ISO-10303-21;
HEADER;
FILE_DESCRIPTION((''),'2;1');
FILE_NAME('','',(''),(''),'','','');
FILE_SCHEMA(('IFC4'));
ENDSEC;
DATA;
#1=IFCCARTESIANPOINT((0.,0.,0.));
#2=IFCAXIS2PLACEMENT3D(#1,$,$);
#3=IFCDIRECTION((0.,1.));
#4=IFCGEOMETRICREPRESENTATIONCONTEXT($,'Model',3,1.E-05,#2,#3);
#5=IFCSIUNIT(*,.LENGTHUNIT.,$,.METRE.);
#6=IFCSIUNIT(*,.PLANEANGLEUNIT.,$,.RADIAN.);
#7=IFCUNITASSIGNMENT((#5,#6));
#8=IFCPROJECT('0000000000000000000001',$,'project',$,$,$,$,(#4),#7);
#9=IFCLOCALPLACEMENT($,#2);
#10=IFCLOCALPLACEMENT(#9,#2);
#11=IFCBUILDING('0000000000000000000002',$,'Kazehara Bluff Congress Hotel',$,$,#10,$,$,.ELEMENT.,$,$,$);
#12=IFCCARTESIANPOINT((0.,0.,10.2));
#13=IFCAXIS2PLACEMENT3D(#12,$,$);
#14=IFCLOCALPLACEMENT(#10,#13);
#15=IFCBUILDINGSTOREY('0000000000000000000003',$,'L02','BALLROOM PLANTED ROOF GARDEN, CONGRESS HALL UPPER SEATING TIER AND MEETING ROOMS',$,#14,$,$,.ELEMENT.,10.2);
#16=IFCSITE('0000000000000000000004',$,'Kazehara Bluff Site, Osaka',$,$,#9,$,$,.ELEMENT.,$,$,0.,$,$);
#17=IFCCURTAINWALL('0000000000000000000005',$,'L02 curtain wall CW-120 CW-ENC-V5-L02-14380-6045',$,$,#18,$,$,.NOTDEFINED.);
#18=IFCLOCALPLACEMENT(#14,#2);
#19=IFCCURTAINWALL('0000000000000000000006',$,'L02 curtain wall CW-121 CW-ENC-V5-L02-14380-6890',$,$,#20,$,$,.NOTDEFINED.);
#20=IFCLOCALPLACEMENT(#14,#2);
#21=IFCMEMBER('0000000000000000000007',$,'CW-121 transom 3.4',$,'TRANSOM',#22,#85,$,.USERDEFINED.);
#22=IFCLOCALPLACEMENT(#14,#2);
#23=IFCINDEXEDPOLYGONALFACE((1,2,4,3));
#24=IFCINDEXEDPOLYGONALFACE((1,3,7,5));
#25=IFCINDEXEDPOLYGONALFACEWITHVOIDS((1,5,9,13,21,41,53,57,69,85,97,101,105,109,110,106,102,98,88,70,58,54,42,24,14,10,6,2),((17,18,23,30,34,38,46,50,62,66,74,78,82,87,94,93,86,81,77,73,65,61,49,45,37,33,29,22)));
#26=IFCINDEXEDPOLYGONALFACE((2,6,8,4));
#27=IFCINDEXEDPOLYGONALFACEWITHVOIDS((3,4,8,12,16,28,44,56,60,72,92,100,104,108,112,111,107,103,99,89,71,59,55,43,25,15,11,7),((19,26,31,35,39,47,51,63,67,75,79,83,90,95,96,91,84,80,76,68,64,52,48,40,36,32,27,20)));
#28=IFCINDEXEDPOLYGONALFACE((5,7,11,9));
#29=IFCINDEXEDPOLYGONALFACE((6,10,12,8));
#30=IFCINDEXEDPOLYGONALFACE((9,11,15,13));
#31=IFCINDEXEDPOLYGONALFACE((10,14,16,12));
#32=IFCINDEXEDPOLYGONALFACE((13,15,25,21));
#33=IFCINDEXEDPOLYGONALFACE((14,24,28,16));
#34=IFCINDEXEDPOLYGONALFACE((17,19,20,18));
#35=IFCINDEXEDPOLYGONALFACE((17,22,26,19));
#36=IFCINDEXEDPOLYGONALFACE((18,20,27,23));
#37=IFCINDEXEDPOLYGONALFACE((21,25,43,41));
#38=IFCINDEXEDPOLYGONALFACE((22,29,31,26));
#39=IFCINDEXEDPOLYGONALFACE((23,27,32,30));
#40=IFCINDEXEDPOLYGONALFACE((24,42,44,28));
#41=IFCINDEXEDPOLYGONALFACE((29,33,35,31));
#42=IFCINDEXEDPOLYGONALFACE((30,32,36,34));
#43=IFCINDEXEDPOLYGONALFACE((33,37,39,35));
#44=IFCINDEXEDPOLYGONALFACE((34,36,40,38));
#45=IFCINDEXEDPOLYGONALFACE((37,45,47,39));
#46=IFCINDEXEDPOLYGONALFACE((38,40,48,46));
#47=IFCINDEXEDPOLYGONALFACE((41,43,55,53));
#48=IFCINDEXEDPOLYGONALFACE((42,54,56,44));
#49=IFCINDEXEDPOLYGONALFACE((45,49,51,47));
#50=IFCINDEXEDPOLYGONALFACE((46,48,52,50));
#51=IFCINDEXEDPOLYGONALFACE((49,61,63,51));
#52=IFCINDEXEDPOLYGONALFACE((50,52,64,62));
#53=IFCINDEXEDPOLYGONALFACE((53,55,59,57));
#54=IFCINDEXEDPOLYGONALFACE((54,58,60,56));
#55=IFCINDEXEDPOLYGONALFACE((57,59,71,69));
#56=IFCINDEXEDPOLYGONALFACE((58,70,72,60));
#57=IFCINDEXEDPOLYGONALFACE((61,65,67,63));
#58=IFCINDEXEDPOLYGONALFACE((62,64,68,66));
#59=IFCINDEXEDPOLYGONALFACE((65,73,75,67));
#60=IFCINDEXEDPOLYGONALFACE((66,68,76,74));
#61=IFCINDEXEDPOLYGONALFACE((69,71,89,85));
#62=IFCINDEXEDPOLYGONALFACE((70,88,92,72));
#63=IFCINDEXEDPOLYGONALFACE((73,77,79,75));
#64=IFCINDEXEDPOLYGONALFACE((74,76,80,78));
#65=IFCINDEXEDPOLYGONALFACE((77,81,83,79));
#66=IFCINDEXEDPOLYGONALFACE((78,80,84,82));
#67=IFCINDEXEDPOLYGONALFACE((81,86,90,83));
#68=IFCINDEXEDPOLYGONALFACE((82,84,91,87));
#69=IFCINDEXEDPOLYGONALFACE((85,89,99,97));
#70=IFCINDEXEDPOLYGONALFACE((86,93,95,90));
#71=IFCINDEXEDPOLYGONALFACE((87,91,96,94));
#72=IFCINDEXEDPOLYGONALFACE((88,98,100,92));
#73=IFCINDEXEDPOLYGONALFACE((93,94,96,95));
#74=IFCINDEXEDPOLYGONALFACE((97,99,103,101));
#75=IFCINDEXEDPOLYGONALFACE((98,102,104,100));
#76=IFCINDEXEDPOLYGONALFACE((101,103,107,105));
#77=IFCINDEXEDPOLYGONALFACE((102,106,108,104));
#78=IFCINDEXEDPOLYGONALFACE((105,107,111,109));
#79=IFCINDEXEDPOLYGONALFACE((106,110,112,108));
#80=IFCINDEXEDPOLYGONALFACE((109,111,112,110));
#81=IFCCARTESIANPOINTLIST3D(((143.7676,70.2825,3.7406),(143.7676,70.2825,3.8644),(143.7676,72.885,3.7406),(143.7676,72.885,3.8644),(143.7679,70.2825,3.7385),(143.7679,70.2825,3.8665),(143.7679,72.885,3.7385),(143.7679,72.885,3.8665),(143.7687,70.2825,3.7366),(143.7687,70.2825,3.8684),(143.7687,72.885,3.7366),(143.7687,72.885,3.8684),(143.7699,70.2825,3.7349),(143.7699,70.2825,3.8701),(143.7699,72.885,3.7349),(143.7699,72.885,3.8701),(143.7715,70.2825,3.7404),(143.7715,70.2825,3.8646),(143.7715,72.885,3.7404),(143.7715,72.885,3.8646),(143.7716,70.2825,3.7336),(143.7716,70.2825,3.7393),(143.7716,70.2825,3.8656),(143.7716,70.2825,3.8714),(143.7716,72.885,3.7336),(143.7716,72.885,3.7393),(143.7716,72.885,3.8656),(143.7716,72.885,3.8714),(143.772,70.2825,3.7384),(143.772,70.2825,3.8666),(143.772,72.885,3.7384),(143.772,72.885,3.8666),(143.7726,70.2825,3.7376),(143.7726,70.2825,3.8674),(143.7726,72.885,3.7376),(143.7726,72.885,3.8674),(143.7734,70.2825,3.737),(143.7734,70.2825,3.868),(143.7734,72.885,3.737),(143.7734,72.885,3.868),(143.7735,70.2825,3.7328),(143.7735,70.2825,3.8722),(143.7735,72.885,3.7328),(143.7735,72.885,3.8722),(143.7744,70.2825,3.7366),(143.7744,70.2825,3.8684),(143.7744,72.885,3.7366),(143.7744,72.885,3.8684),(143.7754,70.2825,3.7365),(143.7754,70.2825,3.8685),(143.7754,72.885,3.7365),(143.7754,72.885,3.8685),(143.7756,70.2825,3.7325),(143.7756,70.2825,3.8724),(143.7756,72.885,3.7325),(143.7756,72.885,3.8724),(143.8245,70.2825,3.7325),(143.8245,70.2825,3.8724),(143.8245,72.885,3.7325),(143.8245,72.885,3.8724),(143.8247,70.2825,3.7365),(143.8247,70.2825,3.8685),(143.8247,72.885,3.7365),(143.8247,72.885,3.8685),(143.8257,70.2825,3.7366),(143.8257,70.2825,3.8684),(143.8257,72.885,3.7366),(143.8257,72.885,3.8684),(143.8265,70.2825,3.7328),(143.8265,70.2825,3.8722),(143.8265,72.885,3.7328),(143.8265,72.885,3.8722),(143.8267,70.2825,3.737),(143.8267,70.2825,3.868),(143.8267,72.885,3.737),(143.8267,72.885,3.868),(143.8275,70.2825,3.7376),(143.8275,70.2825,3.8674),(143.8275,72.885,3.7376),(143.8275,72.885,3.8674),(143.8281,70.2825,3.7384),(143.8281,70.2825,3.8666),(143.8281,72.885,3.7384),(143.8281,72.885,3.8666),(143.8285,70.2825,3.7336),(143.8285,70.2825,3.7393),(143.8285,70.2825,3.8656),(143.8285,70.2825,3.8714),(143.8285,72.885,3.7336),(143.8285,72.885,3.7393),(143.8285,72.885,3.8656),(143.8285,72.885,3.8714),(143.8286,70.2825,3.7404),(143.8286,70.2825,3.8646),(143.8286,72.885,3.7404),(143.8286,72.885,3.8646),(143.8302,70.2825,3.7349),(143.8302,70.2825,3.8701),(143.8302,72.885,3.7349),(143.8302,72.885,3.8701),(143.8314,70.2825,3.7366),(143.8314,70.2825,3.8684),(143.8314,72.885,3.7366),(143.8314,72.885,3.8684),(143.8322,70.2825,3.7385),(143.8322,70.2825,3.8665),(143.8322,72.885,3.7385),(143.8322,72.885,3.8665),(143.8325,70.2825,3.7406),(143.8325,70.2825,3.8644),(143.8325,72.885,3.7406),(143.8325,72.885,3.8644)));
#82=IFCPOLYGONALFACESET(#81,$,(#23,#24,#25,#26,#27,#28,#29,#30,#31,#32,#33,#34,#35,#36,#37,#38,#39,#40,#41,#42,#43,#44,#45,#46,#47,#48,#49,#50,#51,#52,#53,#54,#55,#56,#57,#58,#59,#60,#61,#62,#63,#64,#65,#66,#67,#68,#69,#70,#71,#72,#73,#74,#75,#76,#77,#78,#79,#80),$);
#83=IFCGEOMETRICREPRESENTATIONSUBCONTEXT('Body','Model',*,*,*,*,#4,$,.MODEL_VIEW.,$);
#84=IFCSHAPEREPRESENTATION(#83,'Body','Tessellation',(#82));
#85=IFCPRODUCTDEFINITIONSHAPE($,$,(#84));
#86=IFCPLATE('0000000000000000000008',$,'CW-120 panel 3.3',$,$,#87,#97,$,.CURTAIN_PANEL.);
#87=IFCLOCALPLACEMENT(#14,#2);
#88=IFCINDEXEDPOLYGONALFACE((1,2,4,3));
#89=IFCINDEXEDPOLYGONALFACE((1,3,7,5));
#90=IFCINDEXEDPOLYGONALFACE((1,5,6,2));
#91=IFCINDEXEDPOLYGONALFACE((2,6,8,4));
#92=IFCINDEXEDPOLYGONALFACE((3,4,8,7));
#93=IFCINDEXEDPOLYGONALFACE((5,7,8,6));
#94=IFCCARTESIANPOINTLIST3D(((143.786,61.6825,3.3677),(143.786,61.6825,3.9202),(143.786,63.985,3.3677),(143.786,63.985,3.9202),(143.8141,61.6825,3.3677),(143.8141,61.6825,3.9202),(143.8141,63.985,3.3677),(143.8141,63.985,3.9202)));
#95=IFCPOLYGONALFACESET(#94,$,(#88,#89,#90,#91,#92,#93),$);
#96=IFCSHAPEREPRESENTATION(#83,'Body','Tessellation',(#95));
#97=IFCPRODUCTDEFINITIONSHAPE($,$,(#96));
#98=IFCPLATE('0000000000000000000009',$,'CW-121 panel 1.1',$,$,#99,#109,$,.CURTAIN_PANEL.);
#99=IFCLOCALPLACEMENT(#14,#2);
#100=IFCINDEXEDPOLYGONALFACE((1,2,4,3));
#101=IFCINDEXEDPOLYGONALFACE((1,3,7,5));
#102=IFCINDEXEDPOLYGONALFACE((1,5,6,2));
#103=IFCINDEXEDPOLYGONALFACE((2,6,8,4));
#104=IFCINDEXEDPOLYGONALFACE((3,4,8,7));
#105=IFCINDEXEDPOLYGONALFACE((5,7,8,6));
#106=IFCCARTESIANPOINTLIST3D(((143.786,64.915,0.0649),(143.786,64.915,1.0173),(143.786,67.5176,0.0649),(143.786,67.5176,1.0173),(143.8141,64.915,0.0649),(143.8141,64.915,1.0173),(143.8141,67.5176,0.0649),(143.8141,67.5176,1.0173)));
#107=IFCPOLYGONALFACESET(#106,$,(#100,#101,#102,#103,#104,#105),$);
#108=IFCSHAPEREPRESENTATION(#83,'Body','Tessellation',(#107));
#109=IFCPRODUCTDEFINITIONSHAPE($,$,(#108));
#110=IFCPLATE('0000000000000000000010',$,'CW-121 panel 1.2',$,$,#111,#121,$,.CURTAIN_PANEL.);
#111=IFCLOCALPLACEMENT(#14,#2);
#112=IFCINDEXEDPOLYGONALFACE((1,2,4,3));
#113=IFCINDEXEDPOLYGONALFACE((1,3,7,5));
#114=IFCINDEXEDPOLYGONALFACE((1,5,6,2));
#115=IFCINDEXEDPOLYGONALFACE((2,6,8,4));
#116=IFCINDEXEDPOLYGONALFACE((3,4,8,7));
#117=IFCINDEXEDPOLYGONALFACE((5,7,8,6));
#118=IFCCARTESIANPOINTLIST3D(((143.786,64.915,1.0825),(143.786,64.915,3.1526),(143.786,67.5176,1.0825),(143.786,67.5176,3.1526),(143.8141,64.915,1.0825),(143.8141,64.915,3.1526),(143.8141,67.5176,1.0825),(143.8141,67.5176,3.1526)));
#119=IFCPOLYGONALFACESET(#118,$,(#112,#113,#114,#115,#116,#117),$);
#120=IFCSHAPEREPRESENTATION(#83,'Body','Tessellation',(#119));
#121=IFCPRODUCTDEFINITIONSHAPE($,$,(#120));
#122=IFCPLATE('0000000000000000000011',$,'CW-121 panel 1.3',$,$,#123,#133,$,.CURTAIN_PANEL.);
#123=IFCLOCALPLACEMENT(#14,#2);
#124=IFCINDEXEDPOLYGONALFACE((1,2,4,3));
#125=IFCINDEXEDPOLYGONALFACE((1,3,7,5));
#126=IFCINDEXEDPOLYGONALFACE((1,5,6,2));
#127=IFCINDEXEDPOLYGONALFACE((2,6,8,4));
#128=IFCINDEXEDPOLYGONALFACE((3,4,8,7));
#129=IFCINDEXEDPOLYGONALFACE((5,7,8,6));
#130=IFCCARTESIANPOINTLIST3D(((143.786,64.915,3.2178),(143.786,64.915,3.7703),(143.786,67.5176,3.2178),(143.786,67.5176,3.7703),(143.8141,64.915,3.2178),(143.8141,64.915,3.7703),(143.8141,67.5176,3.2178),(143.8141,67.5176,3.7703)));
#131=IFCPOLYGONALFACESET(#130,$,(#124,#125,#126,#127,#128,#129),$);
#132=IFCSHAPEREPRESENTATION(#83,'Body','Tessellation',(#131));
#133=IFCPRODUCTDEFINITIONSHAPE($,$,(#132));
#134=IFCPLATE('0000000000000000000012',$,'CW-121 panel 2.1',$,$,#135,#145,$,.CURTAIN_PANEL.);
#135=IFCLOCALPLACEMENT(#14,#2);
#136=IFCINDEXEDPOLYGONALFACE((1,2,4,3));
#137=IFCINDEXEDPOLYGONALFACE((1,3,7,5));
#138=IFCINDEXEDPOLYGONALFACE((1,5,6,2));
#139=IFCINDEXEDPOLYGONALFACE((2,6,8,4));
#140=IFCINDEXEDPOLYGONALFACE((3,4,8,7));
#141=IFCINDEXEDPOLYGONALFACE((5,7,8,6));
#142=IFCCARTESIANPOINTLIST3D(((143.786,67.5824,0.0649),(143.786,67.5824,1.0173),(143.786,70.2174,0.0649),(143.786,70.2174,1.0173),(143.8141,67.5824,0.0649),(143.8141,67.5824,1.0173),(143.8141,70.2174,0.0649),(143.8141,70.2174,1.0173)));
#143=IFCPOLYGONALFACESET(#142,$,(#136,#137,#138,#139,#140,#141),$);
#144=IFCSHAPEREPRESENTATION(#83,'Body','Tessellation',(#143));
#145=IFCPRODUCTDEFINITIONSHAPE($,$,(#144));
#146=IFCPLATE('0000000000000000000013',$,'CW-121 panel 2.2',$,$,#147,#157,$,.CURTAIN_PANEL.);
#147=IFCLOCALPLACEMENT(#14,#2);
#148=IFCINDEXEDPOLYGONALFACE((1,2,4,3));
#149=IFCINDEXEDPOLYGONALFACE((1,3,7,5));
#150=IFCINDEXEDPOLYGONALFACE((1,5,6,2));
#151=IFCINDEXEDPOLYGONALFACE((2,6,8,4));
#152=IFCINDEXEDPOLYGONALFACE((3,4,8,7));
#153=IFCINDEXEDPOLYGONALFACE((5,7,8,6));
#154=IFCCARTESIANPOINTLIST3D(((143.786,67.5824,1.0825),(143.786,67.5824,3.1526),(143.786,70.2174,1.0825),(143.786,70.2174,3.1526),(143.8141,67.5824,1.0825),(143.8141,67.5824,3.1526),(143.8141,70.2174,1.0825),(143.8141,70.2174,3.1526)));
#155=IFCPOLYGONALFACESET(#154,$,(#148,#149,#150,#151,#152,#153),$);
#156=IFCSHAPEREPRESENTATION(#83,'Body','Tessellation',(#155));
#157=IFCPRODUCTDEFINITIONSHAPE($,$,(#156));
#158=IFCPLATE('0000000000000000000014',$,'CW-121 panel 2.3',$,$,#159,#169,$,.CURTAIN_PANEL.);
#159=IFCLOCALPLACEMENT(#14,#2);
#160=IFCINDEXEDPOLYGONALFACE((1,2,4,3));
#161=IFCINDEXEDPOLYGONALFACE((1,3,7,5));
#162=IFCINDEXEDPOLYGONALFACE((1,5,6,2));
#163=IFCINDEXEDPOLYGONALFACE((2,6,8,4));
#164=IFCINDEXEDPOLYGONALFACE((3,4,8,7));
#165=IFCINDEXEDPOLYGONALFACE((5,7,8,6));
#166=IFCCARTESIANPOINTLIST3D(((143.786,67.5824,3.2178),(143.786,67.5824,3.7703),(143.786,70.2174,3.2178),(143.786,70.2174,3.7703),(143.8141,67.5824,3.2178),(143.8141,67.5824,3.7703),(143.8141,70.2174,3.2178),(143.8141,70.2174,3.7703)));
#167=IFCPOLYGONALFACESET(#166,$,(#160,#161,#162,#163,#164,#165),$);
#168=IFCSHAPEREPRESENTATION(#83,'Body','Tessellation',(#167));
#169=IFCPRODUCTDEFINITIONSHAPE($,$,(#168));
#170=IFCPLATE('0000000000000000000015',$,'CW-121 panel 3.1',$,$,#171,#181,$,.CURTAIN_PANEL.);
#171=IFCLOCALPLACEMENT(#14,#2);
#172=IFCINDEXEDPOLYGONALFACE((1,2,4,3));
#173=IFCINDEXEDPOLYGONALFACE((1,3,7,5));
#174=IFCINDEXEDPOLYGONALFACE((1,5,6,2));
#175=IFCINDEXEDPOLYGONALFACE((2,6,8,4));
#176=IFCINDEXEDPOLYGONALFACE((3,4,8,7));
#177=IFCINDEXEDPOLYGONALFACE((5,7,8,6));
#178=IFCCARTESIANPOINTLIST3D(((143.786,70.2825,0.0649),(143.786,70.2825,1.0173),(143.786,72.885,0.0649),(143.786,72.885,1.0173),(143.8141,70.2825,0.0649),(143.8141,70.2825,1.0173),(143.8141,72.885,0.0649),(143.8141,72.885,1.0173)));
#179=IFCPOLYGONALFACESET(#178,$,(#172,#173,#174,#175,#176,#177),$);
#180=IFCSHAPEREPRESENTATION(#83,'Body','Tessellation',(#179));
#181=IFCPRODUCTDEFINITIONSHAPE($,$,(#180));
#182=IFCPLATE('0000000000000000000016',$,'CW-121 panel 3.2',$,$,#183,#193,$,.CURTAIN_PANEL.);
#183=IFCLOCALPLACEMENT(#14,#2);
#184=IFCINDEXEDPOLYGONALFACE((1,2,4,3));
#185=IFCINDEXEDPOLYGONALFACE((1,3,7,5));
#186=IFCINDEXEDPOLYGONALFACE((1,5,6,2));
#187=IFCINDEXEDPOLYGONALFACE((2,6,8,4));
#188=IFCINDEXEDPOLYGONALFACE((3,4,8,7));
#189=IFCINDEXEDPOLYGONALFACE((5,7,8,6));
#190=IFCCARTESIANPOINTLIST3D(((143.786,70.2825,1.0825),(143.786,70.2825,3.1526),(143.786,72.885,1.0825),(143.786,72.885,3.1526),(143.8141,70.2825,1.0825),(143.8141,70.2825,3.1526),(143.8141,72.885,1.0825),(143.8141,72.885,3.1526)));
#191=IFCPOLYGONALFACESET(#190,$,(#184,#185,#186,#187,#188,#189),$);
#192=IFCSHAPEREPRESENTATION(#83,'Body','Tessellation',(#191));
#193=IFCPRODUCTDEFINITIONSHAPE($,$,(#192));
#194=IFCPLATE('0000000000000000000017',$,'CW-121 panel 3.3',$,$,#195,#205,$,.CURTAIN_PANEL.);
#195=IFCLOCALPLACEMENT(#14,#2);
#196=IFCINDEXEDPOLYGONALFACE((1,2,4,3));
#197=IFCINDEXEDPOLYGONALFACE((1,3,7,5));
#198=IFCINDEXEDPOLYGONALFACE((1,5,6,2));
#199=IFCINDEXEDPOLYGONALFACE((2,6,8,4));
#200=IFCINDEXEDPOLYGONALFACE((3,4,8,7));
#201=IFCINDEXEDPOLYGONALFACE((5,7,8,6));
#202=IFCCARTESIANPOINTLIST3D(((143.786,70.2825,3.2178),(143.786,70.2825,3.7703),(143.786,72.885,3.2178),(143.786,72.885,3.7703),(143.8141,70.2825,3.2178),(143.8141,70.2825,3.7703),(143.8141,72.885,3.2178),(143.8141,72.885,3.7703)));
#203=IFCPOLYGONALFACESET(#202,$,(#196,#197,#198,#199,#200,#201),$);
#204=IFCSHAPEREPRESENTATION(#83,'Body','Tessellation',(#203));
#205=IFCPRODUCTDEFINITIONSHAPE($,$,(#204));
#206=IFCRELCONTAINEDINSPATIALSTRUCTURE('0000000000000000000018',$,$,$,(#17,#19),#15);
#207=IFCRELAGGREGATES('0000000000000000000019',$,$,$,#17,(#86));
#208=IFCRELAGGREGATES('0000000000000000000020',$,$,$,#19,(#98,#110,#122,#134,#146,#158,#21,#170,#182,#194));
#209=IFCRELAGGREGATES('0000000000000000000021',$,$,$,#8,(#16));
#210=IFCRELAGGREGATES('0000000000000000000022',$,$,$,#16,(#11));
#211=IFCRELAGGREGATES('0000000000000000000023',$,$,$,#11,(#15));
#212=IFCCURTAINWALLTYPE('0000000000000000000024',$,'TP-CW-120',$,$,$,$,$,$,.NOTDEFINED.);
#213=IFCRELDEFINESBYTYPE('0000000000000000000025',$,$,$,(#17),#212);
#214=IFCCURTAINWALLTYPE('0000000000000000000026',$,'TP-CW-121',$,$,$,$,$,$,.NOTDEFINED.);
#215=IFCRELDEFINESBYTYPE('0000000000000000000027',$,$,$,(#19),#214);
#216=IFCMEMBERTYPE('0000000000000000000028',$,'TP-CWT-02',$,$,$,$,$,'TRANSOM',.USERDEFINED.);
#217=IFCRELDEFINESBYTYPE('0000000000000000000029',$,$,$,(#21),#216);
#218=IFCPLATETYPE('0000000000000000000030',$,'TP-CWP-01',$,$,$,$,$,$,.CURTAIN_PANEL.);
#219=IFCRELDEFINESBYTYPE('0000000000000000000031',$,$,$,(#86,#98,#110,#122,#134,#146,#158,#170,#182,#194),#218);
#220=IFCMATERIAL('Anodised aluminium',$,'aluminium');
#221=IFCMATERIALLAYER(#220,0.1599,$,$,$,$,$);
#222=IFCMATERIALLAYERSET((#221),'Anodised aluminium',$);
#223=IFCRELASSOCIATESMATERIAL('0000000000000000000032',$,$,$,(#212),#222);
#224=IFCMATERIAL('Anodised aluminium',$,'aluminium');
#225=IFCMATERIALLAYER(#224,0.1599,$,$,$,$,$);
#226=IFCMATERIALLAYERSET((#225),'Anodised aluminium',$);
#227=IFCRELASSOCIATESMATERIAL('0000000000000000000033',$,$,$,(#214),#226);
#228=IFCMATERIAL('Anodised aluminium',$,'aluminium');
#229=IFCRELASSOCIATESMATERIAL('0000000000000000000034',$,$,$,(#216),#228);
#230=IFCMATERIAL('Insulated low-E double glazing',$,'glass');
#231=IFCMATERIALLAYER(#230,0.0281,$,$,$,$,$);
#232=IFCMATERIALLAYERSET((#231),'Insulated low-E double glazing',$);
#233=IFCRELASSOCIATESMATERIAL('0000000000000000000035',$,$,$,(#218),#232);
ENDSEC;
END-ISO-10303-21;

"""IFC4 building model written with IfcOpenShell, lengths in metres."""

from ifc_helpers import new_model, si_unit, direction, frame, origin, origin_2d, place, context, subcontext, project, spatial, rectangle, hollow_rectangle, extrude, material, layer, layer_set, material_profile, profile_set, type_object, element, aggregate, save


model = new_model("IFC4")

# Units and contexts
model_context = context("Model", 3, precision=1e-05, world=origin(), true_north=direction((0.0, 1.0)))
body_context = subcontext(model_context, "Body", "Model", "MODEL_VIEW")
ifc_project = project(units=[si_unit("LENGTHUNIT", "METRE"), si_unit("PLANEANGLEUNIT", "RADIAN")], contexts=[model_context])

# Site, building, storey
site_placement = place(None, origin())
site = spatial("IfcSite", under=ifc_project, at=site_placement, Name="Kazehara Bluff Site, Osaka", CompositionType="ELEMENT", RefElevation=0.0)
building_placement = place(site_placement, origin())
building = spatial("IfcBuilding", under=site, at=building_placement, Name="Kazehara Bluff Congress Hotel", CompositionType="ELEMENT")
storey_placement = place(building_placement, frame((0.0, 0.0, 10.2)))
storey = spatial("IfcBuildingStorey", under=building, at=storey_placement, Name="L02", Description="BALLROOM PLANTED ROOF GARDEN, CONGRESS HALL UPPER SEATING TIER AND MEETING ROOMS", CompositionType="ELEMENT", Elevation=10.2)

# Curtain wall
ifc_material_1 = material(Name="Anodised aluminium", Category="aluminium")
ifc_layer_1 = layer(ifc_material_1, 0.1599)
ifc_layer_set_1 = layer_set([ifc_layer_1], Name="Anodised aluminium")
curtain_wall_type_1 = type_object("IfcCurtainWallType", Name="TP-CW-120", PredefinedType="NOTDEFINED", material=ifc_layer_set_1)
curtain_wall_1_placement = place(storey_placement, origin())
curtain_wall_1 = element("IfcCurtainWall", 1, at=curtain_wall_1_placement, inside=storey, type_object=curtain_wall_type_1, Name="L02 curtain wall CW-120 CW-ENC-V5-L02-14380-6045", PredefinedType="NOTDEFINED")

# Curtain wall, member
ifc_material_2 = material(Name="Anodised aluminium", Category="aluminium")
ifc_layer_2 = layer(ifc_material_2, 0.1599)
ifc_layer_set_2 = layer_set([ifc_layer_2], Name="Anodised aluminium")
curtain_wall_type_2 = type_object("IfcCurtainWallType", Name="TP-CW-121", PredefinedType="NOTDEFINED", material=ifc_layer_set_2)
curtain_wall_2_placement = place(storey_placement, origin())
curtain_wall_2 = element("IfcCurtainWall", 2, at=curtain_wall_2_placement, inside=storey, type_object=curtain_wall_type_2, Name="L02 curtain wall CW-121 CW-ENC-V5-L02-14380-6890", PredefinedType="NOTDEFINED")
ifc_material_3 = material(Name="Anodised aluminium", Category="aluminium")
ifc_material_profile_1 = material_profile(ifc_material_3, hollow_rectangle(XDim=0.0649, YDim=0.1399, WallThickness=0.0039, InnerFilletRadius=0.0039, OuterFilletRadius=0.0081, at=origin_2d()))
ifc_profile_set_1 = profile_set([ifc_material_profile_1], Name="Anodised aluminium")
member_type_1 = type_object("IfcMemberType", Name="TP-CWT-02", ElementType="TRANSOM", PredefinedType="USERDEFINED", material=ifc_profile_set_1)
member_1_placement = place(storey_placement, frame((143.8, 70.2825, 3.8025), z_axis=(0.0, 1.0, 0.0), x_axis=(-1.0, 0.0, 0.0)))
member_1 = element("IfcMember", 3, at=member_1_placement, type_object=member_type_1, Name="CW-121 transom 3.4", ObjectType="TRANSOM", PredefinedType="USERDEFINED", context=body_context, shape_type="SweptSolid", body=[
    extrude(hollow_rectangle(XDim=0.0649, YDim=0.1399, WallThickness=0.0039, InnerFilletRadius=0.0039, OuterFilletRadius=0.0081, at=origin_2d()), origin(), (0.0, 0.0, 1.0), 2.6025),
])

# Plates
ifc_material_4 = material(Name="Insulated low-E double glazing", Category="glass")
ifc_layer_3 = layer(ifc_material_4, 0.0281)
ifc_layer_set_3 = layer_set([ifc_layer_3], Name="Insulated low-E double glazing")
plate_type = type_object("IfcPlateType", Name="TP-CWP-01", PredefinedType="CURTAIN_PANEL", material=ifc_layer_set_3)
plate_1_placement = place(storey_placement, frame((143.8, 62.8337, 3.3677), z_axis=(0.0, 0.0, 1.0), x_axis=(0.0, 1.0, 0.0)))
plate_1 = element("IfcPlate", 4, at=plate_1_placement, type_object=plate_type, Name="CW-120 panel 3.3", PredefinedType="CURTAIN_PANEL", context=body_context, shape_type="SweptSolid", body=[
    extrude(rectangle(XDim=2.3025, YDim=0.0281, at=origin_2d()), origin(), (0.0, 0.0, 1.0), 0.5525),
])
aggregate(curtain_wall_1, [plate_1])
plate_2_placement = place(storey_placement, frame((143.8, 66.2163, 0.0649), z_axis=(0.0, 0.0, 1.0), x_axis=(0.0, 1.0, 0.0)))
plate_2 = element("IfcPlate", 5, at=plate_2_placement, type_object=plate_type, Name="CW-121 panel 1.1", PredefinedType="CURTAIN_PANEL", context=body_context, shape_type="SweptSolid", body=[
    extrude(rectangle(XDim=2.6025, YDim=0.0281, at=origin_2d()), origin(), (0.0, 0.0, 1.0), 0.9524),
])
plate_3_placement = place(storey_placement, frame((143.8, 66.2163, 1.0825), z_axis=(0.0, 0.0, 1.0), x_axis=(0.0, 1.0, 0.0)))
plate_3 = element("IfcPlate", 6, at=plate_3_placement, type_object=plate_type, Name="CW-121 panel 1.2", PredefinedType="CURTAIN_PANEL", context=body_context, shape_type="SweptSolid", body=[
    extrude(rectangle(XDim=2.6025, YDim=0.0281, at=origin_2d()), origin(), (0.0, 0.0, 1.0), 2.0701),
])
plate_4_placement = place(storey_placement, frame((143.8, 66.2163, 3.2178), z_axis=(0.0, 0.0, 1.0), x_axis=(0.0, 1.0, 0.0)))
plate_4 = element("IfcPlate", 7, at=plate_4_placement, type_object=plate_type, Name="CW-121 panel 1.3", PredefinedType="CURTAIN_PANEL", context=body_context, shape_type="SweptSolid", body=[
    extrude(rectangle(XDim=2.6025, YDim=0.0281, at=origin_2d()), origin(), (0.0, 0.0, 1.0), 0.5525),
])
plate_5_placement = place(storey_placement, frame((143.8, 68.8999, 0.0649), z_axis=(0.0, 0.0, 1.0), x_axis=(0.0, 1.0, 0.0)))
plate_5 = element("IfcPlate", 8, at=plate_5_placement, type_object=plate_type, Name="CW-121 panel 2.1", PredefinedType="CURTAIN_PANEL", context=body_context, shape_type="SweptSolid", body=[
    extrude(rectangle(XDim=2.635, YDim=0.0281, at=origin_2d()), origin(), (0.0, 0.0, 1.0), 0.9524),
])
plate_6_placement = place(storey_placement, frame((143.8, 68.8999, 1.0825), z_axis=(0.0, 0.0, 1.0), x_axis=(0.0, 1.0, 0.0)))
plate_6 = element("IfcPlate", 9, at=plate_6_placement, type_object=plate_type, Name="CW-121 panel 2.2", PredefinedType="CURTAIN_PANEL", context=body_context, shape_type="SweptSolid", body=[
    extrude(rectangle(XDim=2.635, YDim=0.0281, at=origin_2d()), origin(), (0.0, 0.0, 1.0), 2.0701),
])
plate_7_placement = place(storey_placement, frame((143.8, 68.8999, 3.2178), z_axis=(0.0, 0.0, 1.0), x_axis=(0.0, 1.0, 0.0)))
plate_7 = element("IfcPlate", 10, at=plate_7_placement, type_object=plate_type, Name="CW-121 panel 2.3", PredefinedType="CURTAIN_PANEL", context=body_context, shape_type="SweptSolid", body=[
    extrude(rectangle(XDim=2.635, YDim=0.0281, at=origin_2d()), origin(), (0.0, 0.0, 1.0), 0.5525),
])
plate_8_placement = place(storey_placement, frame((143.8, 71.5837, 0.0649), z_axis=(0.0, 0.0, 1.0), x_axis=(0.0, 1.0, 0.0)))
plate_8 = element("IfcPlate", 11, at=plate_8_placement, type_object=plate_type, Name="CW-121 panel 3.1", PredefinedType="CURTAIN_PANEL", context=body_context, shape_type="SweptSolid", body=[
    extrude(rectangle(XDim=2.6025, YDim=0.0281, at=origin_2d()), origin(), (0.0, 0.0, 1.0), 0.9524),
])
plate_9_placement = place(storey_placement, frame((143.8, 71.5837, 1.0825), z_axis=(0.0, 0.0, 1.0), x_axis=(0.0, 1.0, 0.0)))
plate_9 = element("IfcPlate", 12, at=plate_9_placement, type_object=plate_type, Name="CW-121 panel 3.2", PredefinedType="CURTAIN_PANEL", context=body_context, shape_type="SweptSolid", body=[
    extrude(rectangle(XDim=2.6025, YDim=0.0281, at=origin_2d()), origin(), (0.0, 0.0, 1.0), 2.0701),
])
plate_10_placement = place(storey_placement, frame((143.8, 71.5837, 3.2178), z_axis=(0.0, 0.0, 1.0), x_axis=(0.0, 1.0, 0.0)))
plate_10 = element("IfcPlate", 13, at=plate_10_placement, type_object=plate_type, Name="CW-121 panel 3.3", PredefinedType="CURTAIN_PANEL", context=body_context, shape_type="SweptSolid", body=[
    extrude(rectangle(XDim=2.6025, YDim=0.0281, at=origin_2d()), origin(), (0.0, 0.0, 1.0), 0.5525),
])
aggregate(curtain_wall_2, [plate_2, plate_3, plate_4, plate_5, plate_6, plate_7, member_1, plate_8, plate_9, plate_10])

save(model, "model.ifc")
